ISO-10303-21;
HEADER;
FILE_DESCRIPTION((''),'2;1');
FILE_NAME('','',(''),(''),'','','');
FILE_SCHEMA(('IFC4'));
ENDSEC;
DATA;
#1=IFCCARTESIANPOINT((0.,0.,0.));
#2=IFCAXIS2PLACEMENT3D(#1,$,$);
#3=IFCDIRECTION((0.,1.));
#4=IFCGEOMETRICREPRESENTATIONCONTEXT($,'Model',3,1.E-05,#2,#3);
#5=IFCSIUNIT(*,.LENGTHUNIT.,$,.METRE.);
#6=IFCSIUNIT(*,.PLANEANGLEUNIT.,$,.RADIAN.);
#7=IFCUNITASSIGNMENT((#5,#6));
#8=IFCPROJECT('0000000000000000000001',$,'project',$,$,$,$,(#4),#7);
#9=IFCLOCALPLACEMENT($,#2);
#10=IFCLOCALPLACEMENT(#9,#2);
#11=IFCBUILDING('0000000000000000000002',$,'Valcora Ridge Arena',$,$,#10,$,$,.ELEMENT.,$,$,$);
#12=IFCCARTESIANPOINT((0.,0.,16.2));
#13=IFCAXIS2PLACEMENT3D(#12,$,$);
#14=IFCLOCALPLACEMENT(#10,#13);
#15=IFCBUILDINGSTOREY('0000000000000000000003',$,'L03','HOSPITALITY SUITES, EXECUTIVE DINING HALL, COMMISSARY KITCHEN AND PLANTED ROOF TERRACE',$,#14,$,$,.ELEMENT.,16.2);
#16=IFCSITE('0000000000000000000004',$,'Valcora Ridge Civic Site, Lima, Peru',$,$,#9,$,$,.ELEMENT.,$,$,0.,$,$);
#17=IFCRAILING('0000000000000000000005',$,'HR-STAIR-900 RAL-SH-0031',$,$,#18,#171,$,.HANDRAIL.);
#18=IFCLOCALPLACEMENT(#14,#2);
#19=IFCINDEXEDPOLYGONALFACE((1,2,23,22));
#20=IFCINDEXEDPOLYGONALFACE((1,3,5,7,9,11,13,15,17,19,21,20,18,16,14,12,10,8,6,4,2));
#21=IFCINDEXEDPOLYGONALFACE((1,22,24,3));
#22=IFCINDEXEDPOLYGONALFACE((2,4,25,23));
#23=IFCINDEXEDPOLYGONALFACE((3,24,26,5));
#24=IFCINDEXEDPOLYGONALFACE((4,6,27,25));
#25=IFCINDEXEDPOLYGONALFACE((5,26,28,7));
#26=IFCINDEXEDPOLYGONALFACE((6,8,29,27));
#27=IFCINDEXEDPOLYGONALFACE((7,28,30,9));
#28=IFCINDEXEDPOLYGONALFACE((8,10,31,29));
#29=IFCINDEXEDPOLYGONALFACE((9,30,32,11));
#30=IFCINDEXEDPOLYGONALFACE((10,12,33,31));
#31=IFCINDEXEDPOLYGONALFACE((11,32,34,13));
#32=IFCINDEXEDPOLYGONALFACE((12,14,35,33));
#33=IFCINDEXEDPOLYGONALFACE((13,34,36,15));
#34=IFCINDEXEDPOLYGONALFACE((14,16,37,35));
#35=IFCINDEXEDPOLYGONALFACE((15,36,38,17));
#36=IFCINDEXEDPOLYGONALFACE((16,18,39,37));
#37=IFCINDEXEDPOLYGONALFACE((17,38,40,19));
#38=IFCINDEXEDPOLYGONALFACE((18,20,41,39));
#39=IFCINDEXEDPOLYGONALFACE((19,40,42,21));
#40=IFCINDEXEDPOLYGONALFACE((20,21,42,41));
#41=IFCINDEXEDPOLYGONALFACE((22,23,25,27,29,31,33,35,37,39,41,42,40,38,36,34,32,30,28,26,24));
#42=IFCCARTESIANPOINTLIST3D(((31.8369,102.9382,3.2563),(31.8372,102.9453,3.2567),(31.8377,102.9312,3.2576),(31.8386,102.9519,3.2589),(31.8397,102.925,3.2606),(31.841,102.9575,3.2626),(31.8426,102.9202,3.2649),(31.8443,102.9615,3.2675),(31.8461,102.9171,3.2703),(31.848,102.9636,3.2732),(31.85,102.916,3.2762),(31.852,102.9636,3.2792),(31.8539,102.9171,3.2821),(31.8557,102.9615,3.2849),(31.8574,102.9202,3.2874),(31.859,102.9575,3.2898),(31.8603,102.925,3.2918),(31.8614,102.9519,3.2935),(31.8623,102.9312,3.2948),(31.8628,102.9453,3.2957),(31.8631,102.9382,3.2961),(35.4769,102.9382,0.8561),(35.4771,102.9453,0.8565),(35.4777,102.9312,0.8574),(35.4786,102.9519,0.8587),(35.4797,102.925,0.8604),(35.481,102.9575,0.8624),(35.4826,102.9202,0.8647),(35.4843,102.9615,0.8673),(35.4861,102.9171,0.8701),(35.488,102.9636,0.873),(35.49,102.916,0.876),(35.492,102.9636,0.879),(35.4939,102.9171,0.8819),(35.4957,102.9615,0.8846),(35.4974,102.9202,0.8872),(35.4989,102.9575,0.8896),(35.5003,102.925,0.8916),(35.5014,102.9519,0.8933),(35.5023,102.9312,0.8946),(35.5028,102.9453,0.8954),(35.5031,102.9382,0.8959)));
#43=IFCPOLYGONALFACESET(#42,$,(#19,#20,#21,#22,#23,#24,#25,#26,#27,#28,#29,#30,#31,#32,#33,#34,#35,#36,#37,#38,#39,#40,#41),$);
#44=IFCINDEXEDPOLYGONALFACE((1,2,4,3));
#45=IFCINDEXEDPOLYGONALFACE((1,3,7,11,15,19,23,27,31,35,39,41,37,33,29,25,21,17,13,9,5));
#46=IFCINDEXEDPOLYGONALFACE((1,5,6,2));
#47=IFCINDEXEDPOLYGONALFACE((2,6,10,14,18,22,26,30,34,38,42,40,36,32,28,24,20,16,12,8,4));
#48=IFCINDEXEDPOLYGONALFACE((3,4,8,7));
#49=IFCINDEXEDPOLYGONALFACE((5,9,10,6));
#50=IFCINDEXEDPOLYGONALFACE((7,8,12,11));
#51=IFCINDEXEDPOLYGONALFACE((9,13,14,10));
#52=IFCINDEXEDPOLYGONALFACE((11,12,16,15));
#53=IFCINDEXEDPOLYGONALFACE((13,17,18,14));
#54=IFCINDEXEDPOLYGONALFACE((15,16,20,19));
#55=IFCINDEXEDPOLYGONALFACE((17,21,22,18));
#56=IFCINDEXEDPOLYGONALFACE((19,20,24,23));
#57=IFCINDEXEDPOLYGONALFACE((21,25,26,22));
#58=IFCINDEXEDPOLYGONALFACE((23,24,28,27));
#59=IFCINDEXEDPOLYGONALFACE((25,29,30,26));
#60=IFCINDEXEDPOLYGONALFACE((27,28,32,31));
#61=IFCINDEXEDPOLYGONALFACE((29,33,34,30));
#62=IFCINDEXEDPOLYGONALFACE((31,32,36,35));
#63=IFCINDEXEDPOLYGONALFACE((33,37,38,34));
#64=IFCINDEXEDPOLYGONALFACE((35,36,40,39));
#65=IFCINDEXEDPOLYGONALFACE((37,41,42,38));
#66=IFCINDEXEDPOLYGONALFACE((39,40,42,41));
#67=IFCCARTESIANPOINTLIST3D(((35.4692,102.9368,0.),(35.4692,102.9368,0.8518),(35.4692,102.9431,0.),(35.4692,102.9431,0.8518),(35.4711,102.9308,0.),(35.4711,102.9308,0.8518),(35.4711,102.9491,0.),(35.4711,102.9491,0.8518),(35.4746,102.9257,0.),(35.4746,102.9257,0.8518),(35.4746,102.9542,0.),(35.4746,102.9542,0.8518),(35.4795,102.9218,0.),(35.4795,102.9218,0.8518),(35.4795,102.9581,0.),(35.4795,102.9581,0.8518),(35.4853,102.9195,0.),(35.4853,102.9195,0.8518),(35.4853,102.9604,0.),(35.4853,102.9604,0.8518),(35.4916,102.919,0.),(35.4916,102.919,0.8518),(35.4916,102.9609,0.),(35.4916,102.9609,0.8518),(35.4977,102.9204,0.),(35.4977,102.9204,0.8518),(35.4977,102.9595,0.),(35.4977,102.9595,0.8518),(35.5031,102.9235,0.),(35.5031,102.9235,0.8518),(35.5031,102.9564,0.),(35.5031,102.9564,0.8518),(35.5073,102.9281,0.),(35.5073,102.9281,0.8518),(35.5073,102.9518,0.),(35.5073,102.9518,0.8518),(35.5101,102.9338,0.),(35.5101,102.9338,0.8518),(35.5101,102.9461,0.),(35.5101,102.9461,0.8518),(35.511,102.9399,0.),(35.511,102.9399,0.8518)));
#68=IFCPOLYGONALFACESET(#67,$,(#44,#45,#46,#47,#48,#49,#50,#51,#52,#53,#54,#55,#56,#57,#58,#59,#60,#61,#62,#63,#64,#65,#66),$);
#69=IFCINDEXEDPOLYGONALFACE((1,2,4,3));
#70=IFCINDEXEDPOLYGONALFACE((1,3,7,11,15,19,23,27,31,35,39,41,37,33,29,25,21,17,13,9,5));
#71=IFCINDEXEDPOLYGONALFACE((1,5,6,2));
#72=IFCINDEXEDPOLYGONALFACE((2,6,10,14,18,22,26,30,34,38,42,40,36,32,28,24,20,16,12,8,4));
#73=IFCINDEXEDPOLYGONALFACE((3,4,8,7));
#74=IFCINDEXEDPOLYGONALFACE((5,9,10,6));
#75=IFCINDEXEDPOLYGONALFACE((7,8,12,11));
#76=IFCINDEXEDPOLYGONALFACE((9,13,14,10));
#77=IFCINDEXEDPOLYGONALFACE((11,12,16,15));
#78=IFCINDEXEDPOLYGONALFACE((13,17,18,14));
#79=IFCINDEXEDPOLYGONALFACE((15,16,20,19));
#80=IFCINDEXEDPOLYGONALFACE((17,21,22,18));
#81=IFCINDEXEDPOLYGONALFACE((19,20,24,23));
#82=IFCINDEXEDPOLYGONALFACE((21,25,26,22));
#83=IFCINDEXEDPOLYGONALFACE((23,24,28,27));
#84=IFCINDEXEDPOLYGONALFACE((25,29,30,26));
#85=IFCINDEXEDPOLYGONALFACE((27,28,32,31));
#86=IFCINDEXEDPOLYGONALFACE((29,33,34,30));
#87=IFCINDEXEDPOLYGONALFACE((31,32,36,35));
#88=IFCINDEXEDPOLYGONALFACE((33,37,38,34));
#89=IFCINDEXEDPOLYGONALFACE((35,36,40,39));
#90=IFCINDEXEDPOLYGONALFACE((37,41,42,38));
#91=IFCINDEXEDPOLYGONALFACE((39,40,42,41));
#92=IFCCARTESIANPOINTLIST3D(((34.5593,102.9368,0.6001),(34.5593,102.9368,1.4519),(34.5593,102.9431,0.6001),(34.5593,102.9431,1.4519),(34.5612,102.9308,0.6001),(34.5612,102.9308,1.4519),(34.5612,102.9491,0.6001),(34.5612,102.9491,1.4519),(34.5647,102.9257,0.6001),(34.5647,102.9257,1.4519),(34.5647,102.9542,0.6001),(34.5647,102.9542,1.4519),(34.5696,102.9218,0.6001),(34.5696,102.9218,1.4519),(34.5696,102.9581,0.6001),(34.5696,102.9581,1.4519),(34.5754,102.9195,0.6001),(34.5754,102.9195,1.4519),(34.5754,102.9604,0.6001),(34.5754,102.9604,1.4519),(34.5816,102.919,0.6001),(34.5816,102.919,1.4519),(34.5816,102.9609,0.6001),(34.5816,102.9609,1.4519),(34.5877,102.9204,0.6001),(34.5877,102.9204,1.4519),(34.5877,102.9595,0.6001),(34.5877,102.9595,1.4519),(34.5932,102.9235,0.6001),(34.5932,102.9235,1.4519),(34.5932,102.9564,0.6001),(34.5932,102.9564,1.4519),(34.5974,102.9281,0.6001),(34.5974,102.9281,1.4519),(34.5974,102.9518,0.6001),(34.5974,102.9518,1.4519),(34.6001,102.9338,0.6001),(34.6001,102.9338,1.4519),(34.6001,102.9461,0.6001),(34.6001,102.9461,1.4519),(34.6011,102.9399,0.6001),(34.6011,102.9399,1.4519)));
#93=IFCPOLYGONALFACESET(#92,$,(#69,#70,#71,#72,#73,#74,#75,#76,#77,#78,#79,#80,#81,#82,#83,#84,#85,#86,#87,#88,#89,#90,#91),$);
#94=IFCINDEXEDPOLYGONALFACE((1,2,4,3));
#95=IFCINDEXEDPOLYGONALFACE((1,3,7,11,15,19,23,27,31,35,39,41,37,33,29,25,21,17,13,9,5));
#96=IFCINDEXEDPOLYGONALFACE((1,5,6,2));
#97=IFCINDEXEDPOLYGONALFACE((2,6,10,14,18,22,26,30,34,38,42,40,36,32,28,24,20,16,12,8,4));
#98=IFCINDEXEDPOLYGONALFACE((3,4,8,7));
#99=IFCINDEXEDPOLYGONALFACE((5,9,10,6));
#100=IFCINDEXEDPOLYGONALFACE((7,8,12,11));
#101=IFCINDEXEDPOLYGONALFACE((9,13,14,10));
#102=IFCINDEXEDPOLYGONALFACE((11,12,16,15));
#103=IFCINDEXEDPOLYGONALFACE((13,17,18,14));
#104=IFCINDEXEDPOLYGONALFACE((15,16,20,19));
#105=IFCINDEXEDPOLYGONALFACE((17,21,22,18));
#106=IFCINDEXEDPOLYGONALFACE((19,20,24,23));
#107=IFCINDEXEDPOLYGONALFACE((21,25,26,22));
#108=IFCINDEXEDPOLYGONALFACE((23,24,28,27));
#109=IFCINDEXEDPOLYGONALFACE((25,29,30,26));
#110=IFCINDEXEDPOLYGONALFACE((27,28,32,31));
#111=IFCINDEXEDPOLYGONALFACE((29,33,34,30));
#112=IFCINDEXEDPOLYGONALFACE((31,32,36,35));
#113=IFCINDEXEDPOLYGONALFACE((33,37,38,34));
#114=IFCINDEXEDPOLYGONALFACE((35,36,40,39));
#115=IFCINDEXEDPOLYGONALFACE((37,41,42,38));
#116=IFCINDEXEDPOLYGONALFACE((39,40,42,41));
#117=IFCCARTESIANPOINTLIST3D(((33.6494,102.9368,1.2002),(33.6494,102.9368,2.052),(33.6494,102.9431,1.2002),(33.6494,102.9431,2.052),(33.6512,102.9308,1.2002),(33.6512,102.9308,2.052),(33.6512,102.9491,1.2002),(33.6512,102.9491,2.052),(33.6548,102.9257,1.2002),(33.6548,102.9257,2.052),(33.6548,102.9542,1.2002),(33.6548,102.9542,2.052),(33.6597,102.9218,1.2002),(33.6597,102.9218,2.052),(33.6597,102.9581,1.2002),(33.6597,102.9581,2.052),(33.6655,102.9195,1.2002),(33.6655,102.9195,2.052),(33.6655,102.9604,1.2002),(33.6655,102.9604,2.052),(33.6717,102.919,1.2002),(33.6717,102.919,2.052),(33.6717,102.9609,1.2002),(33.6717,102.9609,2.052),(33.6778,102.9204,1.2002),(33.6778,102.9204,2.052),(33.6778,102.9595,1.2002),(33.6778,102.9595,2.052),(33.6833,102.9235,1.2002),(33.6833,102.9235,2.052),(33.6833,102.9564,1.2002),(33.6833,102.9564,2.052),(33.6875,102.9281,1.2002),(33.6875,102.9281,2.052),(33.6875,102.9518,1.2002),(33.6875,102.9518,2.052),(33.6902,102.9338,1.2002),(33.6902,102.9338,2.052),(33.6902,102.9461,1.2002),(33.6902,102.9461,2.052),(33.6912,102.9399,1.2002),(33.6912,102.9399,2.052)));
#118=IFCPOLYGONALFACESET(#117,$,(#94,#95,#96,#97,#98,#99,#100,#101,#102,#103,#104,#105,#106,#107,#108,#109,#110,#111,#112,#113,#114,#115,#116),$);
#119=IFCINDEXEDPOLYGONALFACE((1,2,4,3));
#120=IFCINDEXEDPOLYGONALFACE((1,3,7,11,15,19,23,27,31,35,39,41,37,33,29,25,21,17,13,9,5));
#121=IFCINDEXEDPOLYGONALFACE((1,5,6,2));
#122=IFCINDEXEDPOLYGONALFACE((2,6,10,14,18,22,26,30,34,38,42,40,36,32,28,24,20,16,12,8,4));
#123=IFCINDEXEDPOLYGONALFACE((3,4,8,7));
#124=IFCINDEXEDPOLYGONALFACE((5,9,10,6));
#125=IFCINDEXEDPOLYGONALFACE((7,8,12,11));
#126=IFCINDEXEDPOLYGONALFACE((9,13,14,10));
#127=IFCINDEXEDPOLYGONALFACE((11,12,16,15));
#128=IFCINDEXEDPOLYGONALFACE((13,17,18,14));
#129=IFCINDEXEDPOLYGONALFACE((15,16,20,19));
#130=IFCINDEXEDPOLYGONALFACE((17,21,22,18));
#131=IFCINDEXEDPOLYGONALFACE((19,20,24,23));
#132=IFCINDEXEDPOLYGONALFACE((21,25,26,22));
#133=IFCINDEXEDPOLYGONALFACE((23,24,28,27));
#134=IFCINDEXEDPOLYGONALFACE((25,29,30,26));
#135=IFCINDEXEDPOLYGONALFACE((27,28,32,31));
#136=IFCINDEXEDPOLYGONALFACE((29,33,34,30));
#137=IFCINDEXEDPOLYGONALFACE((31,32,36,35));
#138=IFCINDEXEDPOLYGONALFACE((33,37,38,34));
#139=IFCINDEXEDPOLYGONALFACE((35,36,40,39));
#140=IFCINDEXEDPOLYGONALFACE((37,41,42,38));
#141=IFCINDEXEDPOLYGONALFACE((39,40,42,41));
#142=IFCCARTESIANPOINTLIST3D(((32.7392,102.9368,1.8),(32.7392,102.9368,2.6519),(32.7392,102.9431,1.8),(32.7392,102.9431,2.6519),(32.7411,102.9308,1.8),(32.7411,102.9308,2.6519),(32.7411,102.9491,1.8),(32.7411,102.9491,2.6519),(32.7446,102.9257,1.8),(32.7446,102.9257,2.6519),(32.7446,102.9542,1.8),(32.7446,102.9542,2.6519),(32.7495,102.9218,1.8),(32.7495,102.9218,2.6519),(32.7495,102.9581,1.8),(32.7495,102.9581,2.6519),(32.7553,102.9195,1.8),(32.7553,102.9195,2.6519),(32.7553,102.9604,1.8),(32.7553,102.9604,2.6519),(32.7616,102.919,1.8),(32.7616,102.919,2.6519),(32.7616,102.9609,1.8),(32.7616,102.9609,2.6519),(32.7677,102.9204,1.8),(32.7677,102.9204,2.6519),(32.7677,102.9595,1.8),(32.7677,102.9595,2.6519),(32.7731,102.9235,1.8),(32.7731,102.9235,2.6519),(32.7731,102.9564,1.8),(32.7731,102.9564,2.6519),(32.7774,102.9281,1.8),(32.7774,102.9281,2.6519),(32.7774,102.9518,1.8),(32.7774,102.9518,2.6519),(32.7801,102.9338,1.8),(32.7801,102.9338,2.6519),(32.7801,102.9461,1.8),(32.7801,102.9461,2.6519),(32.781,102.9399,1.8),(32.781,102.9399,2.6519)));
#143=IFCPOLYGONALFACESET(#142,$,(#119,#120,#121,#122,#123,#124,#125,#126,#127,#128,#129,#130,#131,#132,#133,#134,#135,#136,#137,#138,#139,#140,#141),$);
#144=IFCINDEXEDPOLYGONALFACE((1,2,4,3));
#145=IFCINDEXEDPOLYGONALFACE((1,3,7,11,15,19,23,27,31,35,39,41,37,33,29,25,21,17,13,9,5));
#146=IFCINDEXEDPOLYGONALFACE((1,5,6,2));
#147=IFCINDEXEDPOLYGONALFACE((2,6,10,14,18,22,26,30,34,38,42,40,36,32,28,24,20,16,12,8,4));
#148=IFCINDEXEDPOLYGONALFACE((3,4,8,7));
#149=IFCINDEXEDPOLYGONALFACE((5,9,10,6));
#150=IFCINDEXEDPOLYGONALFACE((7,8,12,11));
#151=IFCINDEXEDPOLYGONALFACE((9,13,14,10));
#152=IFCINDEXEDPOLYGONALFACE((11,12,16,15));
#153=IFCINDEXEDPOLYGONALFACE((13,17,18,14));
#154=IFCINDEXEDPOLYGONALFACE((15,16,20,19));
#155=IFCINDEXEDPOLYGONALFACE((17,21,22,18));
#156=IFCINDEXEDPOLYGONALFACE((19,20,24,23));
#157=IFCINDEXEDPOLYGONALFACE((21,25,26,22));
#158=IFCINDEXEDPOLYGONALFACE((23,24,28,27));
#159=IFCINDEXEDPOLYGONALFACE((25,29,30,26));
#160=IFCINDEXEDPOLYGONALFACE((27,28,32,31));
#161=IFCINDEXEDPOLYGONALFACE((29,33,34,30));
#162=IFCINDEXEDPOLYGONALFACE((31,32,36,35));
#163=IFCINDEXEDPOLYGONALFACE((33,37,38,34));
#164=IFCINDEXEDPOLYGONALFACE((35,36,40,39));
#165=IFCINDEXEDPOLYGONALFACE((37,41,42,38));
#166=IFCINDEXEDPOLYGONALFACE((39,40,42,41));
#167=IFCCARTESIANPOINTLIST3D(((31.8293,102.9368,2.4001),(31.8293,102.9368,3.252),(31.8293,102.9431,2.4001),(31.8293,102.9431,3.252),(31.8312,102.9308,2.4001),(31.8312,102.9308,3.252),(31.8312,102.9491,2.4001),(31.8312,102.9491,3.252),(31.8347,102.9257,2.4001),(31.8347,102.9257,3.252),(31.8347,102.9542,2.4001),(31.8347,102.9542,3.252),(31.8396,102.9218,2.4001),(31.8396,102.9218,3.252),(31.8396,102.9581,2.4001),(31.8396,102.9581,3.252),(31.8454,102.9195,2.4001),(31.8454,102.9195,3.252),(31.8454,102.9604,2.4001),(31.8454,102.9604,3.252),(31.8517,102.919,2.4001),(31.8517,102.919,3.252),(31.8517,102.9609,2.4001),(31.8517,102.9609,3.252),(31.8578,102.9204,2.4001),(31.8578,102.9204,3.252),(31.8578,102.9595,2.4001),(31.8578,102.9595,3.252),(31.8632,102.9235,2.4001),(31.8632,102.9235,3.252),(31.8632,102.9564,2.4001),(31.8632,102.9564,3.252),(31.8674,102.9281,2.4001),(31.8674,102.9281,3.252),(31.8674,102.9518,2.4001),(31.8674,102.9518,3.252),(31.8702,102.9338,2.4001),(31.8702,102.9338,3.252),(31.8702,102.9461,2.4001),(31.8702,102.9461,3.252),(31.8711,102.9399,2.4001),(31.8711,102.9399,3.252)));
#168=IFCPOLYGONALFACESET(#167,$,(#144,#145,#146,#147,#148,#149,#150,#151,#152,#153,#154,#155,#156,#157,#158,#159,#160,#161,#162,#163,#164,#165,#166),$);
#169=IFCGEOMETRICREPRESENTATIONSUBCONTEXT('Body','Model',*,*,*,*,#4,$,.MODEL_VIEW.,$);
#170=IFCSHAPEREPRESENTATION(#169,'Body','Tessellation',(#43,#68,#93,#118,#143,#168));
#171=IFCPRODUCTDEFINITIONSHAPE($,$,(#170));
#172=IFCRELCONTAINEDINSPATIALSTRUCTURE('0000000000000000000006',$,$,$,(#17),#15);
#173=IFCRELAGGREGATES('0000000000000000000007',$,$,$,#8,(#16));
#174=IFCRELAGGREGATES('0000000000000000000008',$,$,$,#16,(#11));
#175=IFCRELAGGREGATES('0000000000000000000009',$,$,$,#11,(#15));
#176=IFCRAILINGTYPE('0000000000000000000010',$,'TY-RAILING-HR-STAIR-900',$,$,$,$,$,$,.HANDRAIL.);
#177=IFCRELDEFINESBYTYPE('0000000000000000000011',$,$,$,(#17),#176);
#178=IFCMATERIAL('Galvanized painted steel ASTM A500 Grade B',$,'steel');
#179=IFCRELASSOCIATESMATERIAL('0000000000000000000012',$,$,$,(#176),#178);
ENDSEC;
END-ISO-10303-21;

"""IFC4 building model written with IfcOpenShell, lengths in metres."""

from ifc_helpers import new_model, si_unit, direction, frame, origin, origin_2d, place, context, subcontext, project, spatial, circle, extrude, material, type_object, element, save


model = new_model("IFC4")

# Units and contexts
model_context = context("Model", 3, precision=1e-05, world=origin(), true_north=direction((0.0, 1.0)))
body_context = subcontext(model_context, "Body", "Model", "MODEL_VIEW")
ifc_project = project(units=[si_unit("LENGTHUNIT", "METRE"), si_unit("PLANEANGLEUNIT", "RADIAN")], contexts=[model_context])

# Site, building, storey
site_placement = place(None, origin())
site = spatial("IfcSite", under=ifc_project, at=site_placement, Name="Valcora Ridge Civic Site, Lima, Peru", CompositionType="ELEMENT", RefElevation=0.0)
building_placement = place(site_placement, origin())
building = spatial("IfcBuilding", under=site, at=building_placement, Name="Valcora Ridge Arena", CompositionType="ELEMENT")
storey_placement = place(building_placement, frame((0.0, 0.0, 16.2)))
storey = spatial("IfcBuildingStorey", under=building, at=storey_placement, Name="L03", Description="HOSPITALITY SUITES, EXECUTIVE DINING HALL, COMMISSARY KITCHEN AND PLANTED ROOF TERRACE", CompositionType="ELEMENT", Elevation=16.2)

# Railing
ifc_material_1 = material(Name="Galvanized painted steel ASTM A500 Grade B", Category="steel")
railing_type_1 = type_object("IfcRailingType", Name="TY-RAILING-HR-STAIR-900", PredefinedType="HANDRAIL", material=ifc_material_1)
for number, where, name in (
    (1, (35.49, 102.9399, 0.0), "HR-STAIR-900 RAL-SH-0031"),
):
    element("IfcRailing", number, at=place(storey_placement, frame(where)), inside=storey, type_object=railing_type_1, Name=name, PredefinedType="HANDRAIL", context=body_context, shape_type="SweptSolid", body=[
        extrude(circle(Radius=0.0239, at=origin_2d()), frame((0.0, 0.0, 0.876), z_axis=(-0.834839, 0.0, 0.550493), x_axis=(0.0, -1.0, 0.0)), (0.0, 0.0, 1.0), 4.3601),
        extrude(circle(Radius=0.021, at=origin_2d()), origin(), (0.0, 0.0, 1.0), 0.8518),
        extrude(circle(Radius=0.021, at=origin_2d()), frame((-0.9099, 0.0, 0.6001)), (0.0, 0.0, 1.0), 0.8518),
        extrude(circle(Radius=0.021, at=origin_2d()), frame((-1.8198, 0.0, 1.2002)), (0.0, 0.0, 1.0), 0.8518),
        extrude(circle(Radius=0.021, at=origin_2d()), frame((-2.73, 0.0, 1.8)), (0.0, 0.0, 1.0), 0.8518),
        extrude(circle(Radius=0.021, at=origin_2d()), frame((-3.6399, 0.0, 2.4001)), (0.0, 0.0, 1.0), 0.8518),
    ])

save(model, "model.ifc")
